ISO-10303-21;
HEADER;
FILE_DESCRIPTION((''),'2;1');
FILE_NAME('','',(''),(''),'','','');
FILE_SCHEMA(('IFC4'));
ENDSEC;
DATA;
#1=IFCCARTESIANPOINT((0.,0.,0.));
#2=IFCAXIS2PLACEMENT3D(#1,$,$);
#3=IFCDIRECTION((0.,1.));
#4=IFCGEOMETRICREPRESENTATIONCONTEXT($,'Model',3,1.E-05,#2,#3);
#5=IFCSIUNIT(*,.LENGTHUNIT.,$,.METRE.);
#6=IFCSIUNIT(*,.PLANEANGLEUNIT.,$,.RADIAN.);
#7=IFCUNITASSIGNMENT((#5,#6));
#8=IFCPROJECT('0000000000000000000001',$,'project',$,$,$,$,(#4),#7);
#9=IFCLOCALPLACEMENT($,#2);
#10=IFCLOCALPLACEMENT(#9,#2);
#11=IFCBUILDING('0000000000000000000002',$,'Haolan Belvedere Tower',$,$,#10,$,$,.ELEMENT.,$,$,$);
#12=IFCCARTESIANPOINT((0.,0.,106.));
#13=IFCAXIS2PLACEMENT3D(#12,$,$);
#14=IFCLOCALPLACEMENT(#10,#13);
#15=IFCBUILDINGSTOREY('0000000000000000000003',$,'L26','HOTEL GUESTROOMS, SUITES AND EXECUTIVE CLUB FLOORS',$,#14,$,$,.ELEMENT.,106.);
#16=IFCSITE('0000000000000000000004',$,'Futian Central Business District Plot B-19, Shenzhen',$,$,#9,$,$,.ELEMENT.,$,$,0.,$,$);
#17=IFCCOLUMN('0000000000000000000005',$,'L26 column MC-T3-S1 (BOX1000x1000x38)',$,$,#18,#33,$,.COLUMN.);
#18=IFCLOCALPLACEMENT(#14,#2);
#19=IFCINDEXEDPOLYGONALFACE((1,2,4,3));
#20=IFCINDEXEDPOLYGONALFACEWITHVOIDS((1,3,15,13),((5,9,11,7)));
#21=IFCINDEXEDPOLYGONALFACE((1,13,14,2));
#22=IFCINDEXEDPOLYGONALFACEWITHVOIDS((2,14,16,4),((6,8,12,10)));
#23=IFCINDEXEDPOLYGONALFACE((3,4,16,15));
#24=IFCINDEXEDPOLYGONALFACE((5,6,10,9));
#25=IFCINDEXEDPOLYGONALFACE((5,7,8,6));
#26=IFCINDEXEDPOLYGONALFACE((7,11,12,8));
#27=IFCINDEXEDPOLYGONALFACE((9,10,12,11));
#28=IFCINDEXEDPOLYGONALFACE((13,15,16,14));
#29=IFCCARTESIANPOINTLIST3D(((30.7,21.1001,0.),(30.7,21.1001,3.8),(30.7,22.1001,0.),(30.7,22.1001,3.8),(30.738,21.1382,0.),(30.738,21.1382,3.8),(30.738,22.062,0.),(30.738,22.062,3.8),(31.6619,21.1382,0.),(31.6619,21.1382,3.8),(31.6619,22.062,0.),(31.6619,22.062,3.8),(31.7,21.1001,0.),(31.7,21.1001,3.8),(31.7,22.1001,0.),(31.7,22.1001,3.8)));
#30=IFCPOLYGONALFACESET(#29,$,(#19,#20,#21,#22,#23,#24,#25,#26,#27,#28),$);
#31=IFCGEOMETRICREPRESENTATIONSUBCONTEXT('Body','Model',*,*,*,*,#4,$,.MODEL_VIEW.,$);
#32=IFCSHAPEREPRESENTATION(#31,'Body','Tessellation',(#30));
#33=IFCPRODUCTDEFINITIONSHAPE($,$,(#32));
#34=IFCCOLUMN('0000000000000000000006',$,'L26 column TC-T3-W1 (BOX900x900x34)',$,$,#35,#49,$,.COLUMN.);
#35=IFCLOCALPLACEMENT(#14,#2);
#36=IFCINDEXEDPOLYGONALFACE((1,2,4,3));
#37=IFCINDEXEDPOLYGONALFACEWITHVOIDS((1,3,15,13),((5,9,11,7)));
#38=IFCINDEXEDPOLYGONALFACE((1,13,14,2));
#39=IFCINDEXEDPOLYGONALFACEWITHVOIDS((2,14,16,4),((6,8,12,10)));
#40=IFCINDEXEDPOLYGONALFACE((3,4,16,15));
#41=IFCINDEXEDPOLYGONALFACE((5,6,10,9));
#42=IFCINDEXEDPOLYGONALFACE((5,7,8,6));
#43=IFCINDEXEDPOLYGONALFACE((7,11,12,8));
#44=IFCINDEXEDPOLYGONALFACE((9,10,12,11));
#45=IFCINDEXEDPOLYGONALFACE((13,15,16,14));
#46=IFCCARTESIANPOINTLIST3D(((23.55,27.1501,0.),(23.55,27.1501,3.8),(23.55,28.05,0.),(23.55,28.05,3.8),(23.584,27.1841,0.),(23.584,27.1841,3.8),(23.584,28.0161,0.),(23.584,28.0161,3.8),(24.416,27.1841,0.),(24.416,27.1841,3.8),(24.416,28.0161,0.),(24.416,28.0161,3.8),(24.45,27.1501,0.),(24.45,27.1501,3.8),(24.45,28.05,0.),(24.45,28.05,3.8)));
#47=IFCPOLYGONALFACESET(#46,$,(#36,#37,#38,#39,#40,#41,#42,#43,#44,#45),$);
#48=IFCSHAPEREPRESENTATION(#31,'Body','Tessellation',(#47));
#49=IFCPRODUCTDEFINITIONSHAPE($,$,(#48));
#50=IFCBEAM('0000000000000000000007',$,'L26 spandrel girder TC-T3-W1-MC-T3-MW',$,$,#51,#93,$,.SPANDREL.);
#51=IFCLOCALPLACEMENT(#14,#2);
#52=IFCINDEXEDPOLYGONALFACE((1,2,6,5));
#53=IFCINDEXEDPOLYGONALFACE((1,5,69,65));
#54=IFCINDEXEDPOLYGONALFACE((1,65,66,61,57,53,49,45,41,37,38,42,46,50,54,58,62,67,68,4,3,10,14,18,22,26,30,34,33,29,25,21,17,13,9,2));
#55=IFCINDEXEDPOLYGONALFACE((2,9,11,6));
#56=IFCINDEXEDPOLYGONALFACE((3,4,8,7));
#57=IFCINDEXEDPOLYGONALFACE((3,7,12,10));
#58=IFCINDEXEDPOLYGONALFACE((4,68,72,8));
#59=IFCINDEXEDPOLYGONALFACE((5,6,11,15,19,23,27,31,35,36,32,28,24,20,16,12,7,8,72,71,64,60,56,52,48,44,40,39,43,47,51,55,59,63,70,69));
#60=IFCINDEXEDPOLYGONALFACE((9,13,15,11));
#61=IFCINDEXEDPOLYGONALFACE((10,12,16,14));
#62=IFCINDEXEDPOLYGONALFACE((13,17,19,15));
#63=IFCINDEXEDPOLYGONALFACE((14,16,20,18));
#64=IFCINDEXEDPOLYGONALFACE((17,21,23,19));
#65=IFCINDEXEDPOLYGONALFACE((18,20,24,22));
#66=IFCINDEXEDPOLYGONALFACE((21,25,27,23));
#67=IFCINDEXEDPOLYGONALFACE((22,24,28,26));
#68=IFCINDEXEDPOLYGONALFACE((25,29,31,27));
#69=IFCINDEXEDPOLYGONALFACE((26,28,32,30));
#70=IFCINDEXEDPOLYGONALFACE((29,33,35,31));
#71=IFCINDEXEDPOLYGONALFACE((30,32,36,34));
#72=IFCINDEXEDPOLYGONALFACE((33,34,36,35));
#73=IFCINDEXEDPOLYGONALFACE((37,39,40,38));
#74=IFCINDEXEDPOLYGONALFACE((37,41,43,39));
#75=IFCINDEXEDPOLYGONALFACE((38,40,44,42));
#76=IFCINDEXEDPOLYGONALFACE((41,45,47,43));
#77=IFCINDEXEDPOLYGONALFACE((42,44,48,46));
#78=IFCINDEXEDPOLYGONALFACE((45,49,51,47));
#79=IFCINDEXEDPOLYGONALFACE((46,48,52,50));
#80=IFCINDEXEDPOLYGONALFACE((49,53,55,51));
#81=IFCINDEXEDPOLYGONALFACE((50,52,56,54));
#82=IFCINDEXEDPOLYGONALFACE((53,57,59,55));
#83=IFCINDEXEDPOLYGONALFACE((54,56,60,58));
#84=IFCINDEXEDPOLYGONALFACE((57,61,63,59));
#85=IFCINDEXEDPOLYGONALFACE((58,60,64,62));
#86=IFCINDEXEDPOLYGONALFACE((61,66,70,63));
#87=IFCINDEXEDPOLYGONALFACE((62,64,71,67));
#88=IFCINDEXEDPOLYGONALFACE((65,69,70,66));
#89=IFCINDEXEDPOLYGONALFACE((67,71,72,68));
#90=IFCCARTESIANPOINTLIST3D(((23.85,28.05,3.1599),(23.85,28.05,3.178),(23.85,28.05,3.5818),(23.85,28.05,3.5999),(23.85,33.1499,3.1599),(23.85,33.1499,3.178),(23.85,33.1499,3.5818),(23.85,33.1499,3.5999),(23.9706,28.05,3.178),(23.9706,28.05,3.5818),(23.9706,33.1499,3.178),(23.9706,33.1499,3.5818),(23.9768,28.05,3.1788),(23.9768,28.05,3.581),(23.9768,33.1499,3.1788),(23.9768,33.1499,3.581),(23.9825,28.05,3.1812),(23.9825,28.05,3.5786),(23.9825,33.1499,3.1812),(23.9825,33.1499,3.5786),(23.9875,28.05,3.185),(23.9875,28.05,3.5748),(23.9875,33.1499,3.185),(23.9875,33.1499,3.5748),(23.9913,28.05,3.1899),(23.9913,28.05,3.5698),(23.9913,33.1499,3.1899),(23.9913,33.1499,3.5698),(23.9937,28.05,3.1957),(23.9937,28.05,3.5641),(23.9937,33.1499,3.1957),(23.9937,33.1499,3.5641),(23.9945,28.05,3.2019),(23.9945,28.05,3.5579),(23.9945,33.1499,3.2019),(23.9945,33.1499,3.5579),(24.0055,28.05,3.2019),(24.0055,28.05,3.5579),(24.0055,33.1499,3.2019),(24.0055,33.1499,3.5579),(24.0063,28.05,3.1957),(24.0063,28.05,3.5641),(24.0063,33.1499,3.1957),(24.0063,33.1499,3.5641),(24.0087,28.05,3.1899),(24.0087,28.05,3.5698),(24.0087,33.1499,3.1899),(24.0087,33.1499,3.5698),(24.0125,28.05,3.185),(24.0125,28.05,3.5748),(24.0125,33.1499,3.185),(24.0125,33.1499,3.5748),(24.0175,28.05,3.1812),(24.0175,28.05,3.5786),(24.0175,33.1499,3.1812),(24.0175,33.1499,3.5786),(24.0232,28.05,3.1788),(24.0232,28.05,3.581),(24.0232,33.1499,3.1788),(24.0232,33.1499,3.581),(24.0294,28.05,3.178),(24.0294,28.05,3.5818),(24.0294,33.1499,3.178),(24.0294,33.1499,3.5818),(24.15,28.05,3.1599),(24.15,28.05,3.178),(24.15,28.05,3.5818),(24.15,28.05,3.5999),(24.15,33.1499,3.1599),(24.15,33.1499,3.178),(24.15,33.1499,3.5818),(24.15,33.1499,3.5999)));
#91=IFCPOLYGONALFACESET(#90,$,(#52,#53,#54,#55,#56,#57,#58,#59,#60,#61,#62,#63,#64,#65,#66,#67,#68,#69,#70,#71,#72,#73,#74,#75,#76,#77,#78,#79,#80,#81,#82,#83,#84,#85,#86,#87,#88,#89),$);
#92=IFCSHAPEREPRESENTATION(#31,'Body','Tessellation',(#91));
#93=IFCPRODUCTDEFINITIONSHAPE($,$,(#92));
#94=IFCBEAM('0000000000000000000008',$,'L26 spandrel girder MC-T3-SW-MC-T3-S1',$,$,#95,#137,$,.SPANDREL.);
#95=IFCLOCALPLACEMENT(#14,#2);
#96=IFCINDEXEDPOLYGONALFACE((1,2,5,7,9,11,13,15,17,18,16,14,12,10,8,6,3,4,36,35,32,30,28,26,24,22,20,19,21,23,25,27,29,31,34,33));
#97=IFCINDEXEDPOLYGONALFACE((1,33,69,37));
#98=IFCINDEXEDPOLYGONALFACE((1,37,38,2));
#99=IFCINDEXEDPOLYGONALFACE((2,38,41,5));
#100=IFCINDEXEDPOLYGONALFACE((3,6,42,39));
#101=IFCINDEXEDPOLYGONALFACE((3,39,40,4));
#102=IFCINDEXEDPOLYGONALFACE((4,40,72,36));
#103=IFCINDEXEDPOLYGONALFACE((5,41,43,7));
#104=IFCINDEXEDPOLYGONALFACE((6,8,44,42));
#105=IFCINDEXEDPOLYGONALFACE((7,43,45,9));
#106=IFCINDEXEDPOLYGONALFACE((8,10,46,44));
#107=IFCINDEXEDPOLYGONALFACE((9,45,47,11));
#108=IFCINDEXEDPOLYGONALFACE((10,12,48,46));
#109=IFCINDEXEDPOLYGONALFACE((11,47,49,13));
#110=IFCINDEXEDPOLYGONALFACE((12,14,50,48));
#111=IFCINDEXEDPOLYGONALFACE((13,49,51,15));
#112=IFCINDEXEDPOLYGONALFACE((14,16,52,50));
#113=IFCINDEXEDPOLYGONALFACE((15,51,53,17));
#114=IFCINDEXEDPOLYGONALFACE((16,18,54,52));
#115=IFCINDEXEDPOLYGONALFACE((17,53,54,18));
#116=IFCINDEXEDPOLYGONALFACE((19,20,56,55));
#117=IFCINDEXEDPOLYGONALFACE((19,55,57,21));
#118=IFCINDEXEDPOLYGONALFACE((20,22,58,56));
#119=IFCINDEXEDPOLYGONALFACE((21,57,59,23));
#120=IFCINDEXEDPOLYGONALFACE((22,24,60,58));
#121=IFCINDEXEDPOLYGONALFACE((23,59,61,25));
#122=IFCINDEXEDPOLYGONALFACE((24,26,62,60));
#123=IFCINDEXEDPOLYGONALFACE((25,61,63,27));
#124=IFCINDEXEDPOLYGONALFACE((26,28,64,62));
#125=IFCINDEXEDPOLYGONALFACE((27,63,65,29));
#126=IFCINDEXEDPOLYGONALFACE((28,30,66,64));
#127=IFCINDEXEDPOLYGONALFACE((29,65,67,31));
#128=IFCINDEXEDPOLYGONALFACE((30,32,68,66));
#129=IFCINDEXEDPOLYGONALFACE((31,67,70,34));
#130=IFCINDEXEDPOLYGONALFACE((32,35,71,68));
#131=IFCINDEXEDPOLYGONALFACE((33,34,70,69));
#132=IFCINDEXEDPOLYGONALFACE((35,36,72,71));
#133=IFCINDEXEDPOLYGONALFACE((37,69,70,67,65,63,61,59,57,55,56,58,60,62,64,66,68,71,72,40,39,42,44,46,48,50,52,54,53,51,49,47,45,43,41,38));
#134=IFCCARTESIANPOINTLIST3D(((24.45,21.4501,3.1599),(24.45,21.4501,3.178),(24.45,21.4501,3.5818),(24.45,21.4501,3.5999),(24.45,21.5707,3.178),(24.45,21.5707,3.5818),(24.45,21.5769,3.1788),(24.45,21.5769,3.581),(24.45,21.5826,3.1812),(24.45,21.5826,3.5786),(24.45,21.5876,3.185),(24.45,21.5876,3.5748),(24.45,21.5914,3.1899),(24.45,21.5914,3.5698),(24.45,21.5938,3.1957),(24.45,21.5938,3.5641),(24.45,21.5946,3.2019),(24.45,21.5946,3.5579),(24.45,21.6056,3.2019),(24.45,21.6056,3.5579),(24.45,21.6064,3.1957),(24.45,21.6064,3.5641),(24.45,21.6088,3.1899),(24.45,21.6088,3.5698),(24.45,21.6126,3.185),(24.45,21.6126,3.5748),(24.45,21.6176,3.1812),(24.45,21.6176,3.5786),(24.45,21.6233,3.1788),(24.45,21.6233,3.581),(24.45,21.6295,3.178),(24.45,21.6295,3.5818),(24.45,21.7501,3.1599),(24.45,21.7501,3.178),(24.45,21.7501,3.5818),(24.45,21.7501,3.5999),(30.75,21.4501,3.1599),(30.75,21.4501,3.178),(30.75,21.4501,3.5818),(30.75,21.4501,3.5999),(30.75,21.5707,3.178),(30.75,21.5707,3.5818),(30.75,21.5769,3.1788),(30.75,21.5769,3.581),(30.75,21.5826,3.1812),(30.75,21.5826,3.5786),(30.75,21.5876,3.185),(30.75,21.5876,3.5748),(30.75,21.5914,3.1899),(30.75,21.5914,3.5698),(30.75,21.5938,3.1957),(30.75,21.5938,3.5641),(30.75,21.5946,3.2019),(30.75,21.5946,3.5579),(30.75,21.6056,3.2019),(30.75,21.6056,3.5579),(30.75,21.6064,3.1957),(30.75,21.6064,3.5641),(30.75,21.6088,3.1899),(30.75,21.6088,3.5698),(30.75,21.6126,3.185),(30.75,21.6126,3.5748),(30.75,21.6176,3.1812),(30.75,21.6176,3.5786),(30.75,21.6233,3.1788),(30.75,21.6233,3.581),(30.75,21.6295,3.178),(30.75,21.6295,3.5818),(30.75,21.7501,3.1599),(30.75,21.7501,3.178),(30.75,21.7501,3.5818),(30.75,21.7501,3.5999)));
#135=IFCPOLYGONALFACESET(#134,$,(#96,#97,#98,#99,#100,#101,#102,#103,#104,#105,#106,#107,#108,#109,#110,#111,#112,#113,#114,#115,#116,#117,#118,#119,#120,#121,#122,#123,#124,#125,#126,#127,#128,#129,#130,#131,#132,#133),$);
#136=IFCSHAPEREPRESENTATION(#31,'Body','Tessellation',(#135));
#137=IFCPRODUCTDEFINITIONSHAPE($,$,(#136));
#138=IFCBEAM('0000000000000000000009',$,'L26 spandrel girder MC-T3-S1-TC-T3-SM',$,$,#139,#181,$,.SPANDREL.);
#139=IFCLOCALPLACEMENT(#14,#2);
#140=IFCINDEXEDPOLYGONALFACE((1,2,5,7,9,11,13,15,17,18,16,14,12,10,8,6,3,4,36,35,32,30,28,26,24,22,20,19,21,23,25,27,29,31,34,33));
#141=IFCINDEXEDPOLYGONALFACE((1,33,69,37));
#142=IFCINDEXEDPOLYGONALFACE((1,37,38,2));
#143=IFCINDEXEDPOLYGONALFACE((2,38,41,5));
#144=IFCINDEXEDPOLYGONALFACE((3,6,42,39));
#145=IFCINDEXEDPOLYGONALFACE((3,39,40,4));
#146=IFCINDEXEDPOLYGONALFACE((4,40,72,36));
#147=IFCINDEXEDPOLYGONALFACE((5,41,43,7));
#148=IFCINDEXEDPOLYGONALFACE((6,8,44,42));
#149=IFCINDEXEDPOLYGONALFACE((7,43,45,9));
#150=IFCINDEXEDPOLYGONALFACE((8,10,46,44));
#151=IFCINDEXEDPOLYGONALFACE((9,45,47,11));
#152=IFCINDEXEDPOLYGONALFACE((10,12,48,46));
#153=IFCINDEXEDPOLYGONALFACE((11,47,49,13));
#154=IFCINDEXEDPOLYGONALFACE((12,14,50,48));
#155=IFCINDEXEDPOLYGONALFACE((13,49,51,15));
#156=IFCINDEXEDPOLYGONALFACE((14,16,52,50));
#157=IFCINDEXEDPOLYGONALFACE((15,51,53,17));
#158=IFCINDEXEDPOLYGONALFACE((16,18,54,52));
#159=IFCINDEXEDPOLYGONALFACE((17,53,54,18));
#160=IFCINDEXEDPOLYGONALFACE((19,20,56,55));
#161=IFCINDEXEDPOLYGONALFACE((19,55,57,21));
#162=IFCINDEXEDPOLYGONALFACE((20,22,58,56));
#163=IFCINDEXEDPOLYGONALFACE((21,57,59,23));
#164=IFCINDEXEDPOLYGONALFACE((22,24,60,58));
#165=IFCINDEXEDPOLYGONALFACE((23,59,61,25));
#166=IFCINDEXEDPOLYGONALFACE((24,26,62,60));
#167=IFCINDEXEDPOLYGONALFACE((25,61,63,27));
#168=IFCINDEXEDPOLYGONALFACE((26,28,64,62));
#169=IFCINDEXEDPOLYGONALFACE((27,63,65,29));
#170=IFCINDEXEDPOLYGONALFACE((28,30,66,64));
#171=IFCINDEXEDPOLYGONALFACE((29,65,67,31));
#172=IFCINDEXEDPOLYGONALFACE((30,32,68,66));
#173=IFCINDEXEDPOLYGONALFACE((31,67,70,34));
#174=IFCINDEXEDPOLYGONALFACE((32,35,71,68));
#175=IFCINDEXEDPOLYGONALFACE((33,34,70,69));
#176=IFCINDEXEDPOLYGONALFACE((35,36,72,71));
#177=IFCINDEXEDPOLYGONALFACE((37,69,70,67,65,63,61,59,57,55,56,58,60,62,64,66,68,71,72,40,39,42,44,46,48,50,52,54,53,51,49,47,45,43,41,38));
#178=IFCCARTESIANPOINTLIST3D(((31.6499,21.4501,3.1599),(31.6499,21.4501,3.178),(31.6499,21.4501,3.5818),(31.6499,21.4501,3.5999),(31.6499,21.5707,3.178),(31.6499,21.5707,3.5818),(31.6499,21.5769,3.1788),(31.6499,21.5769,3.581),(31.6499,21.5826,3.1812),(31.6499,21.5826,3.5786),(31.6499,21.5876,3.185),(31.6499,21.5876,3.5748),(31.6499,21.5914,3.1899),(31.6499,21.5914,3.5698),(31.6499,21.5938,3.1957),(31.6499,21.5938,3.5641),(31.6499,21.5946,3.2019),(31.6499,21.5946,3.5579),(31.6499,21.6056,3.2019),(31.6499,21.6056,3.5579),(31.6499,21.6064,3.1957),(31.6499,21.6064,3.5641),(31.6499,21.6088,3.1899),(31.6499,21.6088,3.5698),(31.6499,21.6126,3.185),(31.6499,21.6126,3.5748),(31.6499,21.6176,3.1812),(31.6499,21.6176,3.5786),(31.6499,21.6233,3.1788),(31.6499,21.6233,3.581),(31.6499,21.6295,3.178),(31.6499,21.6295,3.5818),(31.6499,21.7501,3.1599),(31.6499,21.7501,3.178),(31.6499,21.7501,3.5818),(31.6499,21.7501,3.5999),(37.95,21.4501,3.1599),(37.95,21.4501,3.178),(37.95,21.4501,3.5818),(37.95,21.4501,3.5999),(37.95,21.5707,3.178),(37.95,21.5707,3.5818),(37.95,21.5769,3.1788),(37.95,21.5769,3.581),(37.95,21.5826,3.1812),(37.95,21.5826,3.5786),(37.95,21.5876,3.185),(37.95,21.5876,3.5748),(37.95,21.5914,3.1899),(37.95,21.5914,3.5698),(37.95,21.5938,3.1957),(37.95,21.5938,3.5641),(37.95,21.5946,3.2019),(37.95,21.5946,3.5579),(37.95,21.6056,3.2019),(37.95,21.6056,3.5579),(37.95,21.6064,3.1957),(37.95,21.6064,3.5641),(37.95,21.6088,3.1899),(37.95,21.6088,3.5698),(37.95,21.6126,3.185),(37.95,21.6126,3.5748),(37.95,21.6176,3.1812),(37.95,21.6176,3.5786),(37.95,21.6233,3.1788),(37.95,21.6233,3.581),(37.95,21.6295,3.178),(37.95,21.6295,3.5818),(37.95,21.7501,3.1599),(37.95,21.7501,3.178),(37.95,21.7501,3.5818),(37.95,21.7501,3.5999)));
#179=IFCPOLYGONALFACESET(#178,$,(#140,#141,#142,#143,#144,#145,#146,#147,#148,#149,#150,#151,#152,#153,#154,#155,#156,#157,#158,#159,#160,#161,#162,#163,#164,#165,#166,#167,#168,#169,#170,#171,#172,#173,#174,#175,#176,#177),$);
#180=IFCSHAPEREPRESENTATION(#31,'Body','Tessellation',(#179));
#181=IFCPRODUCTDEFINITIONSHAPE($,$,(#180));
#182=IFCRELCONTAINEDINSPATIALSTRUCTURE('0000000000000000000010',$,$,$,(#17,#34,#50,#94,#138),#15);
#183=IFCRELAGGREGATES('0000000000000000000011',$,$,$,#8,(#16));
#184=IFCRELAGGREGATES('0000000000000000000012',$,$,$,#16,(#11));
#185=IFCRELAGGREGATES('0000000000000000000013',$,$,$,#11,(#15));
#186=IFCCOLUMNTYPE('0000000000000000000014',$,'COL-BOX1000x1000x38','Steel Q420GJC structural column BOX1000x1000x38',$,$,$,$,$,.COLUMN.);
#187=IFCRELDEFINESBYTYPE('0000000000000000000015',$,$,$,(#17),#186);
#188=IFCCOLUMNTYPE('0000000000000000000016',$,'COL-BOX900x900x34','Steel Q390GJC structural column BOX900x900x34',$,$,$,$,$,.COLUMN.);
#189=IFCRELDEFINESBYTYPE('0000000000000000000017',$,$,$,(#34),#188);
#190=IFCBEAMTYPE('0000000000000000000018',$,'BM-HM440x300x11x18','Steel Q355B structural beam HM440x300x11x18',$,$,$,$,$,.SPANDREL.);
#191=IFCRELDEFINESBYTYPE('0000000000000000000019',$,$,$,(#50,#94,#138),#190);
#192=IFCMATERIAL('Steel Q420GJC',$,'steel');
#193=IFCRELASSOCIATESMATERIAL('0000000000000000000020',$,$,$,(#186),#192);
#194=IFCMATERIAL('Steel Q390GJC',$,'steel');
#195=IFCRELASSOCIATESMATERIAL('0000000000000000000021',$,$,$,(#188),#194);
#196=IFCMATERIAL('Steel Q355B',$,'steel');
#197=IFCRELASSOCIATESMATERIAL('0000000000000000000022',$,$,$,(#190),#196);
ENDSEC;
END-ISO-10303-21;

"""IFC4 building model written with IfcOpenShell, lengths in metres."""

from ifc_helpers import new_model, si_unit, direction, frame, origin, origin_2d, place, context, subcontext, project, spatial, hollow_rectangle, i_section, extrude, material, material_profile, profile_set, type_object, element, save


model = new_model("IFC4")

# Units and contexts
model_context = context("Model", 3, precision=1e-05, world=origin(), true_north=direction((0.0, 1.0)))
body_context = subcontext(model_context, "Body", "Model", "MODEL_VIEW")
ifc_project = project(units=[si_unit("LENGTHUNIT", "METRE"), si_unit("PLANEANGLEUNIT", "RADIAN")], contexts=[model_context])

# Site, building, storey
site_placement = place(None, origin())
site = spatial("IfcSite", under=ifc_project, at=site_placement, Name="Futian Central Business District Plot B-19, Shenzhen", CompositionType="ELEMENT", RefElevation=0.0)
building_placement = place(site_placement, origin())
building = spatial("IfcBuilding", under=site, at=building_placement, Name="Haolan Belvedere Tower", CompositionType="ELEMENT")
storey_placement = place(building_placement, frame((0.0, 0.0, 106.0)))
storey = spatial("IfcBuildingStorey", under=building, at=storey_placement, Name="L26", Description="HOTEL GUESTROOMS, SUITES AND EXECUTIVE CLUB FLOORS", CompositionType="ELEMENT", Elevation=106.0)

# Columns
ifc_material_1 = material(Name="Steel Q420GJC", Category="steel")
ifc_material_profile_1 = material_profile(ifc_material_1, hollow_rectangle(XDim=1.0, YDim=1.0, WallThickness=0.0381, at=origin_2d()), Name="Steel Q420GJC")
ifc_profile_set_1 = profile_set([ifc_material_profile_1], Name="Steel Q420GJC")
column_type_1 = type_object("IfcColumnType", Name="COL-BOX1000x1000x38", Description="Steel Q420GJC structural column BOX1000x1000x38", PredefinedType="COLUMN", material=ifc_profile_set_1)
column_1_placement = place(storey_placement, frame((31.2, 21.6001, 0.0), z_axis=(0.0, 0.0, 1.0), x_axis=(1.0, 0.0, 0.0)))
element("IfcColumn", 1, at=column_1_placement, inside=storey, type_object=column_type_1, Name="L26 column MC-T3-S1 (BOX1000x1000x38)", PredefinedType="COLUMN", context=body_context, shape_type="SweptSolid", body=[
    extrude(hollow_rectangle(XDim=1.0, YDim=1.0, WallThickness=0.0381, at=origin_2d()), origin(), (0.0, 0.0, 1.0), 3.8),
])
ifc_material_2 = material(Name="Steel Q390GJC", Category="steel")
ifc_material_profile_2 = material_profile(ifc_material_2, hollow_rectangle(XDim=0.8999, YDim=0.8999, WallThickness=0.0339, at=origin_2d()), Name="Steel Q390GJC")
ifc_profile_set_2 = profile_set([ifc_material_profile_2], Name="Steel Q390GJC")
column_type_2 = type_object("IfcColumnType", Name="COL-BOX900x900x34", Description="Steel Q390GJC structural column BOX900x900x34", PredefinedType="COLUMN", material=ifc_profile_set_2)
column_2_placement = place(storey_placement, frame((24.0, 27.6001, 0.0), z_axis=(0.0, 0.0, 1.0), x_axis=(1.0, 0.0, 0.0)))
element("IfcColumn", 2, at=column_2_placement, inside=storey, type_object=column_type_2, Name="L26 column TC-T3-W1 (BOX900x900x34)", PredefinedType="COLUMN", context=body_context, shape_type="SweptSolid", body=[
    extrude(hollow_rectangle(XDim=0.8999, YDim=0.8999, WallThickness=0.0339, at=origin_2d()), origin(), (0.0, 0.0, 1.0), 3.8),
])

# Beams
ifc_material_3 = material(Name="Steel Q355B", Category="steel")
ifc_material_profile_3 = material_profile(ifc_material_3, i_section(OverallWidth=0.3, OverallDepth=0.4399, WebThickness=0.011, FlangeThickness=0.0181, FilletRadius=0.0239, at=origin_2d()), Name="Steel Q355B")
ifc_profile_set_3 = profile_set([ifc_material_profile_3], Name="Steel Q355B")
beam_type_1 = type_object("IfcBeamType", Name="BM-HM440x300x11x18", Description="Steel Q355B structural beam HM440x300x11x18", PredefinedType="SPANDREL", material=ifc_profile_set_3)
beam_1_placement = place(storey_placement, frame((24.0, 28.05, 3.3799), z_axis=(0.0, 1.0, 0.0), x_axis=(-1.0, 0.0, 0.0)))
element("IfcBeam", 3, at=beam_1_placement, inside=storey, type_object=beam_type_1, Name="L26 spandrel girder TC-T3-W1-MC-T3-MW", PredefinedType="SPANDREL", context=body_context, shape_type="SweptSolid", body=[
    extrude(i_section(OverallWidth=0.3, OverallDepth=0.4399, WebThickness=0.011, FlangeThickness=0.0181, FilletRadius=0.0239, at=origin_2d()), origin(), (0.0, 0.0, 1.0), 5.0999),
])
for number, where, z_axis, x_axis, name in (
    (4, (24.45, 21.6001, 3.3799), (1.0, 0.0, 0.0), (0.0, 1.0, 0.0), "L26 spandrel girder MC-T3-SW-MC-T3-S1"),
    (5, (31.6499, 21.6001, 3.3799), (1.0, 0.0, 0.0), (0.0, 1.0, 0.0), "L26 spandrel girder MC-T3-S1-TC-T3-SM"),
):
    element("IfcBeam", number, at=place(storey_placement, frame(where, z_axis=z_axis, x_axis=x_axis)), inside=storey, type_object=beam_type_1, Name=name, PredefinedType="SPANDREL", context=body_context, shape_type="SweptSolid", body=[
        extrude(i_section(OverallWidth=0.3, OverallDepth=0.4399, WebThickness=0.011, FlangeThickness=0.0181, FilletRadius=0.0239, at=origin_2d()), origin(), (0.0, 0.0, 1.0), 6.3),
    ])

save(model, "model.ifc")
